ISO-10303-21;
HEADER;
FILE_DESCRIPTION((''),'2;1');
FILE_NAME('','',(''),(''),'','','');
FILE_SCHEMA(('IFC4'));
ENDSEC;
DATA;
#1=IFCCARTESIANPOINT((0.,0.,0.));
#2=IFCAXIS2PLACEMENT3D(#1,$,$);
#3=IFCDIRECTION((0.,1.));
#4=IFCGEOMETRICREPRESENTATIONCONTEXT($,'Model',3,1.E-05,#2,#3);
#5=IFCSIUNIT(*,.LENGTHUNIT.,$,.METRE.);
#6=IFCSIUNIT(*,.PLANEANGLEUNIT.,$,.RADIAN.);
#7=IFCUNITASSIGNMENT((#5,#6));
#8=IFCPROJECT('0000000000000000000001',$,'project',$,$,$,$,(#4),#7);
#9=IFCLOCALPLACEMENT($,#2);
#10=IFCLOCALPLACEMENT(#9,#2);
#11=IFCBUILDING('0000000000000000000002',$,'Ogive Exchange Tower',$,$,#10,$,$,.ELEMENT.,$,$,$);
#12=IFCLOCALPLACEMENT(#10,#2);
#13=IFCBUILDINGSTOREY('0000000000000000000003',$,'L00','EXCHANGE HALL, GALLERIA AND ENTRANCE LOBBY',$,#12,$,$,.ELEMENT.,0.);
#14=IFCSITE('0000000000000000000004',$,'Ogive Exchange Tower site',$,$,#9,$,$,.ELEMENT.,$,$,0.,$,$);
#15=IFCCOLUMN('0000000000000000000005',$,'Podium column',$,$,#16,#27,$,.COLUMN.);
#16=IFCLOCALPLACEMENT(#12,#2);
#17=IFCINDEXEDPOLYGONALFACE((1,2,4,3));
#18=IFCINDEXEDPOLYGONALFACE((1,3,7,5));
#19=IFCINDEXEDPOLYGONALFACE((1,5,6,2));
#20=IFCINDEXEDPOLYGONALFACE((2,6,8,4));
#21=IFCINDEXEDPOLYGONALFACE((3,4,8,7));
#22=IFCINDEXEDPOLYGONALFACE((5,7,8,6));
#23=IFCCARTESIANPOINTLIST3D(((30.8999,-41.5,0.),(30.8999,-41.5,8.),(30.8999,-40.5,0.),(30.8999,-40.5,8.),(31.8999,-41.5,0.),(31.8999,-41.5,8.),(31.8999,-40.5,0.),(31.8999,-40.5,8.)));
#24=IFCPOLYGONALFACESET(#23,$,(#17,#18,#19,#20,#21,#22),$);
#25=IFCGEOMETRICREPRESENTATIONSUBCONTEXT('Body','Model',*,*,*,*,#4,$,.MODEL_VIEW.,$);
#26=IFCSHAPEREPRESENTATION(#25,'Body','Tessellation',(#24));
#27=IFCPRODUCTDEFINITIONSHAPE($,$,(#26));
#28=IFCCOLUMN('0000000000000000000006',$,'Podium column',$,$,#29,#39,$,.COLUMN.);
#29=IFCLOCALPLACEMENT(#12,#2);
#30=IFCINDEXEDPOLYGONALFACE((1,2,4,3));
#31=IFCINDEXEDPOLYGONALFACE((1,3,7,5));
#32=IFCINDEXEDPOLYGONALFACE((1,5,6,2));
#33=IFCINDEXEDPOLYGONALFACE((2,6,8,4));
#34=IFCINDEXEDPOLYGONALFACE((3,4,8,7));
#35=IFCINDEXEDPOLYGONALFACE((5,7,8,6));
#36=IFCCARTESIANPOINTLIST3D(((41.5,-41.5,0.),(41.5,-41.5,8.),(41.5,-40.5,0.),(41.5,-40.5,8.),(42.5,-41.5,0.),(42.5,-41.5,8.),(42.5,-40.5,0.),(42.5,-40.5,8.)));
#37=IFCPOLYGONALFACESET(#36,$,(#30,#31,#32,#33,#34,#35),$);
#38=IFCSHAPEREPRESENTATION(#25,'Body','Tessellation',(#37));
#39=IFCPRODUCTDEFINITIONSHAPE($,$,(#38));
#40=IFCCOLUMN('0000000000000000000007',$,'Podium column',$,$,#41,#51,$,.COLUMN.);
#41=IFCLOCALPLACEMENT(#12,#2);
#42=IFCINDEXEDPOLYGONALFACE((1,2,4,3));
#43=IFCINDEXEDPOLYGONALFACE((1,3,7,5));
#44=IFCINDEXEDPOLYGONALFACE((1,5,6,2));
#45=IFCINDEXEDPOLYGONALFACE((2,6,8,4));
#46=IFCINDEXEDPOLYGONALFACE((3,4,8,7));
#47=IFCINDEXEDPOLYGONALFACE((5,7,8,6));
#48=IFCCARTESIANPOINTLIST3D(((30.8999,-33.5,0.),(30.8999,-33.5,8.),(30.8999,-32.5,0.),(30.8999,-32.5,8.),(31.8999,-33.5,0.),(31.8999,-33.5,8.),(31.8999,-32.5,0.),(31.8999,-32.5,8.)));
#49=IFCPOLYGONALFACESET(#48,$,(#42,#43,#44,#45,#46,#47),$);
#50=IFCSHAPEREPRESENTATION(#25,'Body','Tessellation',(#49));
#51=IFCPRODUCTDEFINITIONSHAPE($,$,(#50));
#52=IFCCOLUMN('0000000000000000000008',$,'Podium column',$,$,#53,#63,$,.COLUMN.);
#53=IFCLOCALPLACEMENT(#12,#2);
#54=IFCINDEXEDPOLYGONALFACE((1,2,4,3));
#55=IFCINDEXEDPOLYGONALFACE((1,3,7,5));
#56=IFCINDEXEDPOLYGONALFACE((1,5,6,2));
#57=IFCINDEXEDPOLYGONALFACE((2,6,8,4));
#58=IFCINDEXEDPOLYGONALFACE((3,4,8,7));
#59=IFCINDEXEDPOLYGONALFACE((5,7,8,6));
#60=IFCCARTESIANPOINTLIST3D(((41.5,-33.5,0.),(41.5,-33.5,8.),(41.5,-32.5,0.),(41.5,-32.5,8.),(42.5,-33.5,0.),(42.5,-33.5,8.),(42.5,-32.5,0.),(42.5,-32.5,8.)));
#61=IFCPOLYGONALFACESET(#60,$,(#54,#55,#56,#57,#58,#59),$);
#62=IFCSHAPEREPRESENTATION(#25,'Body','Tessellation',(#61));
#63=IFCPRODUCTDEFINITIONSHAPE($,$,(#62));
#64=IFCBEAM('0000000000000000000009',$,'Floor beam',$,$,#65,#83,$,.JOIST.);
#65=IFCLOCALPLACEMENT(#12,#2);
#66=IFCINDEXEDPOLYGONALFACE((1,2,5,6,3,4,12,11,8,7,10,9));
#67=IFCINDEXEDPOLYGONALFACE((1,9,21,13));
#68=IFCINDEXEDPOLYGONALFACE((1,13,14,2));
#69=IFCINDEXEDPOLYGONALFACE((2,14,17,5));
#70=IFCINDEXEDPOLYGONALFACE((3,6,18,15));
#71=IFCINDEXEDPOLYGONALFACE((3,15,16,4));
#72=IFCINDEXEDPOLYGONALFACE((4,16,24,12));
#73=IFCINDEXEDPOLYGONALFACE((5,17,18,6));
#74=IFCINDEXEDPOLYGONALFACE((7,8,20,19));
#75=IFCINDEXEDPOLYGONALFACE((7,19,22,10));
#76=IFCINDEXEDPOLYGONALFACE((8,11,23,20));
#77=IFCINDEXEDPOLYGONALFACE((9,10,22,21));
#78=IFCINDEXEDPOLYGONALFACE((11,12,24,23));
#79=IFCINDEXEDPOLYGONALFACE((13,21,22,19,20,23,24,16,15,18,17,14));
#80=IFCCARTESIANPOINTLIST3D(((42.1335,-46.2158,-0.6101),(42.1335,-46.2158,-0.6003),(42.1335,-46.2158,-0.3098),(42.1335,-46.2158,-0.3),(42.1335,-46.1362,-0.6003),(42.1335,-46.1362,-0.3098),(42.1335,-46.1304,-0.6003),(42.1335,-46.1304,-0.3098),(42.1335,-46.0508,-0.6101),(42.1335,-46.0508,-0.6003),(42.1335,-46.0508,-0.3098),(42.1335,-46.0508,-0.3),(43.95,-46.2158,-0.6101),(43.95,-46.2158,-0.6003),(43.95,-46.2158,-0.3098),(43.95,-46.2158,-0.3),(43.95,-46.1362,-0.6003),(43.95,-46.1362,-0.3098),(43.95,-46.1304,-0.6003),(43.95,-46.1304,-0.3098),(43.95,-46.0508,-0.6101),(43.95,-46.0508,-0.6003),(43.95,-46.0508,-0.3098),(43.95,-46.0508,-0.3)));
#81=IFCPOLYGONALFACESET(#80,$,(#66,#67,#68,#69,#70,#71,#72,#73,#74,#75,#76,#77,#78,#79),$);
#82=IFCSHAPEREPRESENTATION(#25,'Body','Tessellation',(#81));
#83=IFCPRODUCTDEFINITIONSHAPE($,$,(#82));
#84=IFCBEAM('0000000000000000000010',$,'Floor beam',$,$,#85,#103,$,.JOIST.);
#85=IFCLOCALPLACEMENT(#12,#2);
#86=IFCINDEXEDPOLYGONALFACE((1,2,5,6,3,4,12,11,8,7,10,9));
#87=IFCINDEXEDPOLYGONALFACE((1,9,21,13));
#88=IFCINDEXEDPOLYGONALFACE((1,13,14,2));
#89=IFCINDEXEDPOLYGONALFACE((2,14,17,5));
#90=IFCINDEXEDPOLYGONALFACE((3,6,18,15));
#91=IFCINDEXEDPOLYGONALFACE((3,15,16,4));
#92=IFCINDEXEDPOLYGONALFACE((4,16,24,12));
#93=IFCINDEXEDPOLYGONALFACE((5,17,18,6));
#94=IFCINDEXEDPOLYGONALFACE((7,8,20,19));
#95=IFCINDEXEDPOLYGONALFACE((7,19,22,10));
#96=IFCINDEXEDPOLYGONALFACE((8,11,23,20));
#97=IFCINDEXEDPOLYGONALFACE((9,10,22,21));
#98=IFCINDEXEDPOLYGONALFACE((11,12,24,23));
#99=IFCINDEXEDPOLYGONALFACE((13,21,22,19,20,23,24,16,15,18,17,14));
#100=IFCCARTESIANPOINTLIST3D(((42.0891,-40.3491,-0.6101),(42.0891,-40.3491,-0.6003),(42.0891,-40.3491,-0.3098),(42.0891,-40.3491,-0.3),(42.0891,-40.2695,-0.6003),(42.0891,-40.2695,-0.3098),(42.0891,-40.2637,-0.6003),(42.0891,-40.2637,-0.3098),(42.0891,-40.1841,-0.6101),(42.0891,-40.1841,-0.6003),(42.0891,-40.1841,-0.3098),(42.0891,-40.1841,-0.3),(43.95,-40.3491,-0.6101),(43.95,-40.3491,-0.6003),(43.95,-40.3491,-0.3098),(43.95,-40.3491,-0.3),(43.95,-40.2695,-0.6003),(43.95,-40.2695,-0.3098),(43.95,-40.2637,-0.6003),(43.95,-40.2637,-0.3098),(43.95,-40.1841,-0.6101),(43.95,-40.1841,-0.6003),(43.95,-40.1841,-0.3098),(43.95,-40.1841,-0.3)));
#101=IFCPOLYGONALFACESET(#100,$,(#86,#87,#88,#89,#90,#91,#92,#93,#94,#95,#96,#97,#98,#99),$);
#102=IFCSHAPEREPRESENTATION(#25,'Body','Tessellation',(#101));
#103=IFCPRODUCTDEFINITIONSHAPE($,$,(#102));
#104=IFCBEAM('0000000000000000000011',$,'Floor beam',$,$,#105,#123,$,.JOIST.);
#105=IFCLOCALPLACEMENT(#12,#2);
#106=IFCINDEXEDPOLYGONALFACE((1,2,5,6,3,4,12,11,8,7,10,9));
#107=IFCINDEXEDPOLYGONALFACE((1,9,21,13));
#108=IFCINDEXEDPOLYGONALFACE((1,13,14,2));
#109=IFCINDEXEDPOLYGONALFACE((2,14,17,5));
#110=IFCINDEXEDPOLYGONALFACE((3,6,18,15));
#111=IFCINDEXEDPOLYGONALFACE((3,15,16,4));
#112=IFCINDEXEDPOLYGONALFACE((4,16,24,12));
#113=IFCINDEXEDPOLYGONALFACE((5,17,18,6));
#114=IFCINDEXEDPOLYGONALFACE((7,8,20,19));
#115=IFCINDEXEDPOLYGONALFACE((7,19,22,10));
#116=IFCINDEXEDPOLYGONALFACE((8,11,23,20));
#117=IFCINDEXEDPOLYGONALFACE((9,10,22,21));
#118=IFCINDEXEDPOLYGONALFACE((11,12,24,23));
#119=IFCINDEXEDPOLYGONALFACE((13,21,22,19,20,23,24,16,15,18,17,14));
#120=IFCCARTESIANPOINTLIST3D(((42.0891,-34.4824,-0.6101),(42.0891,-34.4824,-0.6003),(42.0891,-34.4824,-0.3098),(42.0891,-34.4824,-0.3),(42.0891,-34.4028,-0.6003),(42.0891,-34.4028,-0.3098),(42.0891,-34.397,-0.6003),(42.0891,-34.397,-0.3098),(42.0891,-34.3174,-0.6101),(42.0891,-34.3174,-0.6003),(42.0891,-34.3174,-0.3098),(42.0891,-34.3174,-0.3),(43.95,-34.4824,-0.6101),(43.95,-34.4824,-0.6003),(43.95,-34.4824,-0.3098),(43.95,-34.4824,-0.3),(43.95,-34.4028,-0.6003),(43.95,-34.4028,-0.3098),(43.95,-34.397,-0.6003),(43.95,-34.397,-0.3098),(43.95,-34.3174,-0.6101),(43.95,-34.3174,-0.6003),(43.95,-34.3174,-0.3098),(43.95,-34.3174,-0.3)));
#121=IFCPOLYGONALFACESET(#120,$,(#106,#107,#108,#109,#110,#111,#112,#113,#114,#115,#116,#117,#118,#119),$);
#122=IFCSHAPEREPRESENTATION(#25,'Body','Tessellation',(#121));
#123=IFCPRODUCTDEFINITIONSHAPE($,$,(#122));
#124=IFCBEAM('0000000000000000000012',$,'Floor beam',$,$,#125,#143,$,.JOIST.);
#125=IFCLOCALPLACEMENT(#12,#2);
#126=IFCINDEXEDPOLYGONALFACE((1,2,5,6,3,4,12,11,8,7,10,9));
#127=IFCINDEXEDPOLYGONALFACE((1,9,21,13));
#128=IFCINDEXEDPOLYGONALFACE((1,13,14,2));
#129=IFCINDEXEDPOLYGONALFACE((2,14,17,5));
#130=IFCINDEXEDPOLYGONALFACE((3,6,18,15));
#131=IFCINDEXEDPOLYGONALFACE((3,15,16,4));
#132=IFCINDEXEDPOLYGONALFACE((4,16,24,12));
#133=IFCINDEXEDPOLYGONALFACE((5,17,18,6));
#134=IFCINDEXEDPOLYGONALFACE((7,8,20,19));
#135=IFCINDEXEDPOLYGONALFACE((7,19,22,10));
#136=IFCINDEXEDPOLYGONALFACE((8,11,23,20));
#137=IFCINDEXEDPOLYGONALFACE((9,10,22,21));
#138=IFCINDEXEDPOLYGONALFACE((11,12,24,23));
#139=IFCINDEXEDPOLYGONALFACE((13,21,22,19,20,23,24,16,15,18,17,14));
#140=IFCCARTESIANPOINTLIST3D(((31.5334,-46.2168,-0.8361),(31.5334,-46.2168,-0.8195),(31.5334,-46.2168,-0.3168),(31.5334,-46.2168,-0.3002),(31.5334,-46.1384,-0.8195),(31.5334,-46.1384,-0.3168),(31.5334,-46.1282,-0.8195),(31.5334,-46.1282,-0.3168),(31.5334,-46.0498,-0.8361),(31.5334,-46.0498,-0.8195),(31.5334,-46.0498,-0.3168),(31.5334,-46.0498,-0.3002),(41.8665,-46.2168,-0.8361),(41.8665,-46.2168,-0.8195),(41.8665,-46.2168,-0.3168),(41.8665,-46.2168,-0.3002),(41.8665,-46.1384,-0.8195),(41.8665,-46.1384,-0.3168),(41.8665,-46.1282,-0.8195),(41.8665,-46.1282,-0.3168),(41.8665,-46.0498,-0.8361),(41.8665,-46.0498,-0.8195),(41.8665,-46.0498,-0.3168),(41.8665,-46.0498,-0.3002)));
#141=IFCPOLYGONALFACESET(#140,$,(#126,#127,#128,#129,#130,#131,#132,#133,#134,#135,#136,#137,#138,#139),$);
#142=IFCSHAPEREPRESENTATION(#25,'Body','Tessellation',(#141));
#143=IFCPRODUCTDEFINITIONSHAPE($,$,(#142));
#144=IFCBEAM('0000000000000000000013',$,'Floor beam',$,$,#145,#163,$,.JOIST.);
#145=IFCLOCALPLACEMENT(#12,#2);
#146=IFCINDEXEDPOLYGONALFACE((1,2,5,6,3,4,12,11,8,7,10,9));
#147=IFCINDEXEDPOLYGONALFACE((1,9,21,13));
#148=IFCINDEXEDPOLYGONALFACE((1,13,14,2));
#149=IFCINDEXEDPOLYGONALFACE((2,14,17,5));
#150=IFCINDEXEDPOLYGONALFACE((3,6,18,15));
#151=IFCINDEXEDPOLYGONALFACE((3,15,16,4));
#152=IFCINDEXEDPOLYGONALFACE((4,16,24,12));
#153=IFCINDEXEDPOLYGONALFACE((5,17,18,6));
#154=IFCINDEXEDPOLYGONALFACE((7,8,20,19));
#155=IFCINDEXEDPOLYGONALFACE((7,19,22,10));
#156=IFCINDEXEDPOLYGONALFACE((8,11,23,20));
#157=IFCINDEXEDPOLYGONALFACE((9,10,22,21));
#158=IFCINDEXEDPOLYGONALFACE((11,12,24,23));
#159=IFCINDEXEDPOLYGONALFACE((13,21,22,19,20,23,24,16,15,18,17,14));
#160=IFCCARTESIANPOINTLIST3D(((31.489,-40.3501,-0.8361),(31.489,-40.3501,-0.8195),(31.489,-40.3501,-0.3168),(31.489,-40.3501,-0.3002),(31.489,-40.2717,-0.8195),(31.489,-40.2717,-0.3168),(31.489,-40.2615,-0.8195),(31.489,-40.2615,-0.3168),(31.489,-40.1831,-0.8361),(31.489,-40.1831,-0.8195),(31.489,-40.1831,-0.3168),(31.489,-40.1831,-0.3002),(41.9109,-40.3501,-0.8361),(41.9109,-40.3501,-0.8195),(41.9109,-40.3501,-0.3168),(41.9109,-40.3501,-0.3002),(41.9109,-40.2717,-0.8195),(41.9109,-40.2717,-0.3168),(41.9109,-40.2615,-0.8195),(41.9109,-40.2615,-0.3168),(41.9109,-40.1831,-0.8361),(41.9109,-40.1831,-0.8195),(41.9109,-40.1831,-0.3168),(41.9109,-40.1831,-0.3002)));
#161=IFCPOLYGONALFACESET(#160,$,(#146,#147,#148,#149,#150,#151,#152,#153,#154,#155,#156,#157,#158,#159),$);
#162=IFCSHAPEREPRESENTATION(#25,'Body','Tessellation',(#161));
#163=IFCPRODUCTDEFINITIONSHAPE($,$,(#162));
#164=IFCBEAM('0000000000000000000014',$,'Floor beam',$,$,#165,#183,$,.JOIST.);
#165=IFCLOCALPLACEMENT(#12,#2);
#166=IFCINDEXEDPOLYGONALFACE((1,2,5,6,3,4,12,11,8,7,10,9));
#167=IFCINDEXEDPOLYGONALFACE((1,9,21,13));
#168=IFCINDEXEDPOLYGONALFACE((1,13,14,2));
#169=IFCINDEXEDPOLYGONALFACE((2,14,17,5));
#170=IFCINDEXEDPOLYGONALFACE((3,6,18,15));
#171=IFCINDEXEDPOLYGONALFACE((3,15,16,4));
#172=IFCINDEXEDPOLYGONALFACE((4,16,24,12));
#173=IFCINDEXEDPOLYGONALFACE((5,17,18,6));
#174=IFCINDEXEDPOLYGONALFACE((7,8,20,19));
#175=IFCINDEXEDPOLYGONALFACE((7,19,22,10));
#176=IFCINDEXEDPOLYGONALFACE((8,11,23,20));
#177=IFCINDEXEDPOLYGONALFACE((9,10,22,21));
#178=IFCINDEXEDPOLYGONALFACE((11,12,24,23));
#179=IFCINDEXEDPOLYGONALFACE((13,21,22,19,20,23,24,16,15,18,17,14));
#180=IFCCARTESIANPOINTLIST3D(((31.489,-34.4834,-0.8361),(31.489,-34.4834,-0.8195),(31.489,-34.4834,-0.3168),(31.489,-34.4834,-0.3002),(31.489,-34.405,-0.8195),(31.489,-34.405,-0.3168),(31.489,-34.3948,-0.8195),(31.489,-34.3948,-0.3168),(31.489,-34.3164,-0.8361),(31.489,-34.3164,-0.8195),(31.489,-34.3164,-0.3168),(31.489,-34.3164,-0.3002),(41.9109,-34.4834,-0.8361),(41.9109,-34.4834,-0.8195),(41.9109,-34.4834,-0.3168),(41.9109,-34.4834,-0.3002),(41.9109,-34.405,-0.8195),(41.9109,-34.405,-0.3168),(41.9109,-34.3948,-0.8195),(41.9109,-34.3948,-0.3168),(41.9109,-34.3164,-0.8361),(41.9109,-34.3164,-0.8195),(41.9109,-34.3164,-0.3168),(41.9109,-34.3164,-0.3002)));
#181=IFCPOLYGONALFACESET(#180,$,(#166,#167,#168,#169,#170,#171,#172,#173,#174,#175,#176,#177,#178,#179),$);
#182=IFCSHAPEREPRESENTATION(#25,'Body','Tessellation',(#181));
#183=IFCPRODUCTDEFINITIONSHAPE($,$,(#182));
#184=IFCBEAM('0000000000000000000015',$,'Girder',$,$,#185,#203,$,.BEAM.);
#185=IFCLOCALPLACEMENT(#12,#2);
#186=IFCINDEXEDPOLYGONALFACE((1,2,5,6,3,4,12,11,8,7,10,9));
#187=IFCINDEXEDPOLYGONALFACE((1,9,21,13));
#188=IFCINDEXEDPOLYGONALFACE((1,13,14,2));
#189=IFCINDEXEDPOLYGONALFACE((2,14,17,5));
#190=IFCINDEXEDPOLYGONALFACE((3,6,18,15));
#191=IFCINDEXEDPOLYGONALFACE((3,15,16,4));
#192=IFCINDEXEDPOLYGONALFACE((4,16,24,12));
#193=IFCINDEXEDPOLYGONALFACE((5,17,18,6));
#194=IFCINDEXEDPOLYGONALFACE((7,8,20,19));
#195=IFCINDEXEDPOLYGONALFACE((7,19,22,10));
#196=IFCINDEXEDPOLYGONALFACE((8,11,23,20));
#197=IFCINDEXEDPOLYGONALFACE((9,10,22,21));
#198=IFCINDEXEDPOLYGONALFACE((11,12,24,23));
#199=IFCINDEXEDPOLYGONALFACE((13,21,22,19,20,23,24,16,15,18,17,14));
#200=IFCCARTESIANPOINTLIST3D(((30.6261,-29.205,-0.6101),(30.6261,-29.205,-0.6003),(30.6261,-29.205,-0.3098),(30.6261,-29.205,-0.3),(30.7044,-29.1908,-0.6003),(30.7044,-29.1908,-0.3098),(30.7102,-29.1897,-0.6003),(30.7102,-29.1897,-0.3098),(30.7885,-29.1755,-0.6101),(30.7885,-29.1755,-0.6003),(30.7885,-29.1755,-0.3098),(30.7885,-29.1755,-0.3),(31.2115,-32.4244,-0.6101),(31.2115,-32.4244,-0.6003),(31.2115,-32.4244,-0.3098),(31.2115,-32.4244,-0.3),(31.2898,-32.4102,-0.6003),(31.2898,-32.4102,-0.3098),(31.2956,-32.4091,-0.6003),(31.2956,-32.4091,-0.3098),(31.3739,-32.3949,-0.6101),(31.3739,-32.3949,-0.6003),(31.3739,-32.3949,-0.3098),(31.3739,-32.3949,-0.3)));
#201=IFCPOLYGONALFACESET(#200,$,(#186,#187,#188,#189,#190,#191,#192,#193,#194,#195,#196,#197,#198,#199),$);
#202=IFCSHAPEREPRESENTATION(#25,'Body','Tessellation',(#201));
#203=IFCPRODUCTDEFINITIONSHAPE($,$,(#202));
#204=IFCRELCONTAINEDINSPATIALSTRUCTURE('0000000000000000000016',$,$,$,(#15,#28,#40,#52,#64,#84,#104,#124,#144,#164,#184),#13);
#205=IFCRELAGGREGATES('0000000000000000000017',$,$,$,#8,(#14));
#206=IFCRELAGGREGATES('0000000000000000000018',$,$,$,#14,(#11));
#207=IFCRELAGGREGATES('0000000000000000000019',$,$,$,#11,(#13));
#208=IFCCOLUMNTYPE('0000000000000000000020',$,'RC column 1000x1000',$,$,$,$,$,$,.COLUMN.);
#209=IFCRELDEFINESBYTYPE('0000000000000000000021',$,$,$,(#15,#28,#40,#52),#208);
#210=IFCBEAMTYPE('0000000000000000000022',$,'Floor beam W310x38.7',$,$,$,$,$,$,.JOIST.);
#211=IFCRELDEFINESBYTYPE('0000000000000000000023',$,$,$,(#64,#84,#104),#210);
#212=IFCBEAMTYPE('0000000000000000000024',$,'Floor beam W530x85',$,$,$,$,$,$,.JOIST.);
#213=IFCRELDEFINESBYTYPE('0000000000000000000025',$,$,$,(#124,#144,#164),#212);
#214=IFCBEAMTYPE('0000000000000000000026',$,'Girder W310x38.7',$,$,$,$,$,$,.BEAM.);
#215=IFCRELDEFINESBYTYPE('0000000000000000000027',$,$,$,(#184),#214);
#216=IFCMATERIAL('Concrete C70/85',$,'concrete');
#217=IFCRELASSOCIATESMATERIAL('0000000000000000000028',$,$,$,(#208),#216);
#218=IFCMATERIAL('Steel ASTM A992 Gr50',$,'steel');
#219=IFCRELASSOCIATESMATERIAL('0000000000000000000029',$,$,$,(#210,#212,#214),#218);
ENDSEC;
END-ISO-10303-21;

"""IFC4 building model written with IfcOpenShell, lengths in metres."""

from ifc_helpers import new_model, si_unit, direction, frame, origin, origin_2d, place, context, subcontext, project, spatial, rectangle, i_section, extrude, material, material_profile, profile_set, type_object, element, save


model = new_model("IFC4")

# Units and contexts
model_context = context("Model", 3, precision=1e-05, world=origin(), true_north=direction((0.0, 1.0)))
body_context = subcontext(model_context, "Body", "Model", "MODEL_VIEW")
ifc_project = project(units=[si_unit("LENGTHUNIT", "METRE"), si_unit("PLANEANGLEUNIT", "RADIAN")], contexts=[model_context])

# Site, building, storey
site_placement = place(None, origin())
site = spatial("IfcSite", under=ifc_project, at=site_placement, Name="Ogive Exchange Tower site", CompositionType="ELEMENT", RefElevation=0.0)
building_placement = place(site_placement, origin())
building = spatial("IfcBuilding", under=site, at=building_placement, Name="Ogive Exchange Tower", CompositionType="ELEMENT")
storey_placement = place(building_placement, origin())
storey = spatial("IfcBuildingStorey", under=building, at=storey_placement, Name="L00", Description="EXCHANGE HALL, GALLERIA AND ENTRANCE LOBBY", CompositionType="ELEMENT", Elevation=0.0)

# Columns
ifc_material_1 = material(Name="Concrete C70/85", Category="concrete")
ifc_material_profile_1 = material_profile(ifc_material_1, rectangle(XDim=1.0, YDim=1.0, at=origin_2d()), Name="RC 1000x1000")
ifc_profile_set_1 = profile_set([ifc_material_profile_1], Name="Concrete C70/85")
column_type = type_object("IfcColumnType", Name="RC column 1000x1000", PredefinedType="COLUMN", material=ifc_profile_set_1)
for number, where, z_axis, x_axis, name in (
    (1, (31.3999, -41.0, 0.0), (0.0, 0.0, 1.0), (1.0, 0.0, 0.0), "Podium column"),
    (2, (42.0, -41.0, 0.0), (0.0, 0.0, 1.0), (1.0, 0.0, 0.0), "Podium column"),
    (3, (31.3999, -33.0, 0.0), (0.0, 0.0, 1.0), (1.0, 0.0, 0.0), "Podium column"),
    (4, (42.0, -33.0, 0.0), (0.0, 0.0, 1.0), (1.0, 0.0, 0.0), "Podium column"),
):
    element("IfcColumn", number, at=place(storey_placement, frame(where, z_axis=z_axis, x_axis=x_axis)), inside=storey, type_object=column_type, Name=name, PredefinedType="COLUMN", context=body_context, shape_type="SweptSolid", body=[
        extrude(rectangle(XDim=1.0, YDim=1.0, at=origin_2d()), origin(), (0.0, 0.0, 1.0), 8.0),
    ])

# Beams
ifc_material_2 = material(Name="Steel ASTM A992 Gr50", Category="steel")
ifc_material_profile_2 = material_profile(ifc_material_2, i_section(OverallWidth=0.165, OverallDepth=0.3101, WebThickness=0.0059, FlangeThickness=0.0098, at=origin_2d()), Name="W310x38.7")
ifc_profile_set_2 = profile_set([ifc_material_profile_2], Name="Steel ASTM A992 Gr50")
beam_type_1 = type_object("IfcBeamType", Name="Floor beam W310x38.7", PredefinedType="JOIST", material=ifc_profile_set_2)
beam_1_placement = place(storey_placement, frame((42.1335, -46.1333, -0.4551), z_axis=(1.0, 0.0, 0.0), x_axis=(0.0, 1.0, 0.0)))
element("IfcBeam", 5, at=beam_1_placement, inside=storey, type_object=beam_type_1, Name="Floor beam", PredefinedType="JOIST", context=body_context, shape_type="SweptSolid", body=[
    extrude(i_section(OverallWidth=0.165, OverallDepth=0.3101, WebThickness=0.0059, FlangeThickness=0.0098, at=origin_2d()), origin(), (0.0, 0.0, 1.0), 1.8164),
])
for number, where, z_axis, x_axis, name in (
    (6, (42.0891, -40.2666, -0.4551), (1.0, 0.0, 0.0), (0.0, 1.0, 0.0), "Floor beam"),
    (7, (42.0891, -34.3999, -0.4551), (1.0, 0.0, 0.0), (0.0, 1.0, 0.0), "Floor beam"),
):
    element("IfcBeam", number, at=place(storey_placement, frame(where, z_axis=z_axis, x_axis=x_axis)), inside=storey, type_object=beam_type_1, Name=name, PredefinedType="JOIST", context=body_context, shape_type="SweptSolid", body=[
        extrude(i_section(OverallWidth=0.165, OverallDepth=0.3101, WebThickness=0.0059, FlangeThickness=0.0098, at=origin_2d()), origin(), (0.0, 0.0, 1.0), 1.8608),
    ])
ifc_material_profile_3 = material_profile(ifc_material_2, i_section(OverallWidth=0.167, OverallDepth=0.5359, WebThickness=0.0103, FlangeThickness=0.0166, at=origin_2d()), Name="W530x85")
ifc_profile_set_3 = profile_set([ifc_material_profile_3], Name="Steel ASTM A992 Gr50")
beam_type_2 = type_object("IfcBeamType", Name="Floor beam W530x85", PredefinedType="JOIST", material=ifc_profile_set_3)
beam_2_placement = place(storey_placement, frame((31.5334, -46.1333, -0.5681), z_axis=(1.0, 0.0, 0.0), x_axis=(0.0, 1.0, 0.0)))
element("IfcBeam", 8, at=beam_2_placement, inside=storey, type_object=beam_type_2, Name="Floor beam", PredefinedType="JOIST", context=body_context, shape_type="SweptSolid", body=[
    extrude(i_section(OverallWidth=0.167, OverallDepth=0.5359, WebThickness=0.0103, FlangeThickness=0.0166, at=origin_2d()), origin(), (0.0, 0.0, 1.0), 10.333),
])
for number, where, z_axis, x_axis, name in (
    (9, (31.489, -40.2666, -0.5681), (1.0, 0.0, 0.0), (0.0, 1.0, 0.0), "Floor beam"),
    (10, (31.489, -34.3999, -0.5681), (1.0, 0.0, 0.0), (0.0, 1.0, 0.0), "Floor beam"),
):
    element("IfcBeam", number, at=place(storey_placement, frame(where, z_axis=z_axis, x_axis=x_axis)), inside=storey, type_object=beam_type_2, Name=name, PredefinedType="JOIST", context=body_context, shape_type="SweptSolid", body=[
        extrude(i_section(OverallWidth=0.167, OverallDepth=0.5359, WebThickness=0.0103, FlangeThickness=0.0166, at=origin_2d()), origin(), (0.0, 0.0, 1.0), 10.4219),
    ])
ifc_material_profile_4 = material_profile(ifc_material_2, i_section(OverallWidth=0.165, OverallDepth=0.3101, WebThickness=0.0059, FlangeThickness=0.0098, at=origin_2d()), Name="W310x38.7")
ifc_profile_set_4 = profile_set([ifc_material_profile_4], Name="Steel ASTM A992 Gr50")
beam_type_3 = type_object("IfcBeamType", Name="Girder W310x38.7", PredefinedType="BEAM", material=ifc_profile_set_4)
beam_3_placement = place(storey_placement, frame((31.2927, -32.4097, -0.4551), z_axis=(-0.178912, 0.983865, 0.0), x_axis=(-0.983865, -0.178912, 0.0)))
element("IfcBeam", 11, at=beam_3_placement, inside=storey, type_object=beam_type_3, Name="Girder", PredefinedType="BEAM", context=body_context, shape_type="SweptSolid", body=[
    extrude(i_section(OverallWidth=0.165, OverallDepth=0.3101, WebThickness=0.0059, FlangeThickness=0.0098, at=origin_2d()), origin(), (0.0, 0.0, 1.0), 3.2722),
])

save(model, "model.ifc")
